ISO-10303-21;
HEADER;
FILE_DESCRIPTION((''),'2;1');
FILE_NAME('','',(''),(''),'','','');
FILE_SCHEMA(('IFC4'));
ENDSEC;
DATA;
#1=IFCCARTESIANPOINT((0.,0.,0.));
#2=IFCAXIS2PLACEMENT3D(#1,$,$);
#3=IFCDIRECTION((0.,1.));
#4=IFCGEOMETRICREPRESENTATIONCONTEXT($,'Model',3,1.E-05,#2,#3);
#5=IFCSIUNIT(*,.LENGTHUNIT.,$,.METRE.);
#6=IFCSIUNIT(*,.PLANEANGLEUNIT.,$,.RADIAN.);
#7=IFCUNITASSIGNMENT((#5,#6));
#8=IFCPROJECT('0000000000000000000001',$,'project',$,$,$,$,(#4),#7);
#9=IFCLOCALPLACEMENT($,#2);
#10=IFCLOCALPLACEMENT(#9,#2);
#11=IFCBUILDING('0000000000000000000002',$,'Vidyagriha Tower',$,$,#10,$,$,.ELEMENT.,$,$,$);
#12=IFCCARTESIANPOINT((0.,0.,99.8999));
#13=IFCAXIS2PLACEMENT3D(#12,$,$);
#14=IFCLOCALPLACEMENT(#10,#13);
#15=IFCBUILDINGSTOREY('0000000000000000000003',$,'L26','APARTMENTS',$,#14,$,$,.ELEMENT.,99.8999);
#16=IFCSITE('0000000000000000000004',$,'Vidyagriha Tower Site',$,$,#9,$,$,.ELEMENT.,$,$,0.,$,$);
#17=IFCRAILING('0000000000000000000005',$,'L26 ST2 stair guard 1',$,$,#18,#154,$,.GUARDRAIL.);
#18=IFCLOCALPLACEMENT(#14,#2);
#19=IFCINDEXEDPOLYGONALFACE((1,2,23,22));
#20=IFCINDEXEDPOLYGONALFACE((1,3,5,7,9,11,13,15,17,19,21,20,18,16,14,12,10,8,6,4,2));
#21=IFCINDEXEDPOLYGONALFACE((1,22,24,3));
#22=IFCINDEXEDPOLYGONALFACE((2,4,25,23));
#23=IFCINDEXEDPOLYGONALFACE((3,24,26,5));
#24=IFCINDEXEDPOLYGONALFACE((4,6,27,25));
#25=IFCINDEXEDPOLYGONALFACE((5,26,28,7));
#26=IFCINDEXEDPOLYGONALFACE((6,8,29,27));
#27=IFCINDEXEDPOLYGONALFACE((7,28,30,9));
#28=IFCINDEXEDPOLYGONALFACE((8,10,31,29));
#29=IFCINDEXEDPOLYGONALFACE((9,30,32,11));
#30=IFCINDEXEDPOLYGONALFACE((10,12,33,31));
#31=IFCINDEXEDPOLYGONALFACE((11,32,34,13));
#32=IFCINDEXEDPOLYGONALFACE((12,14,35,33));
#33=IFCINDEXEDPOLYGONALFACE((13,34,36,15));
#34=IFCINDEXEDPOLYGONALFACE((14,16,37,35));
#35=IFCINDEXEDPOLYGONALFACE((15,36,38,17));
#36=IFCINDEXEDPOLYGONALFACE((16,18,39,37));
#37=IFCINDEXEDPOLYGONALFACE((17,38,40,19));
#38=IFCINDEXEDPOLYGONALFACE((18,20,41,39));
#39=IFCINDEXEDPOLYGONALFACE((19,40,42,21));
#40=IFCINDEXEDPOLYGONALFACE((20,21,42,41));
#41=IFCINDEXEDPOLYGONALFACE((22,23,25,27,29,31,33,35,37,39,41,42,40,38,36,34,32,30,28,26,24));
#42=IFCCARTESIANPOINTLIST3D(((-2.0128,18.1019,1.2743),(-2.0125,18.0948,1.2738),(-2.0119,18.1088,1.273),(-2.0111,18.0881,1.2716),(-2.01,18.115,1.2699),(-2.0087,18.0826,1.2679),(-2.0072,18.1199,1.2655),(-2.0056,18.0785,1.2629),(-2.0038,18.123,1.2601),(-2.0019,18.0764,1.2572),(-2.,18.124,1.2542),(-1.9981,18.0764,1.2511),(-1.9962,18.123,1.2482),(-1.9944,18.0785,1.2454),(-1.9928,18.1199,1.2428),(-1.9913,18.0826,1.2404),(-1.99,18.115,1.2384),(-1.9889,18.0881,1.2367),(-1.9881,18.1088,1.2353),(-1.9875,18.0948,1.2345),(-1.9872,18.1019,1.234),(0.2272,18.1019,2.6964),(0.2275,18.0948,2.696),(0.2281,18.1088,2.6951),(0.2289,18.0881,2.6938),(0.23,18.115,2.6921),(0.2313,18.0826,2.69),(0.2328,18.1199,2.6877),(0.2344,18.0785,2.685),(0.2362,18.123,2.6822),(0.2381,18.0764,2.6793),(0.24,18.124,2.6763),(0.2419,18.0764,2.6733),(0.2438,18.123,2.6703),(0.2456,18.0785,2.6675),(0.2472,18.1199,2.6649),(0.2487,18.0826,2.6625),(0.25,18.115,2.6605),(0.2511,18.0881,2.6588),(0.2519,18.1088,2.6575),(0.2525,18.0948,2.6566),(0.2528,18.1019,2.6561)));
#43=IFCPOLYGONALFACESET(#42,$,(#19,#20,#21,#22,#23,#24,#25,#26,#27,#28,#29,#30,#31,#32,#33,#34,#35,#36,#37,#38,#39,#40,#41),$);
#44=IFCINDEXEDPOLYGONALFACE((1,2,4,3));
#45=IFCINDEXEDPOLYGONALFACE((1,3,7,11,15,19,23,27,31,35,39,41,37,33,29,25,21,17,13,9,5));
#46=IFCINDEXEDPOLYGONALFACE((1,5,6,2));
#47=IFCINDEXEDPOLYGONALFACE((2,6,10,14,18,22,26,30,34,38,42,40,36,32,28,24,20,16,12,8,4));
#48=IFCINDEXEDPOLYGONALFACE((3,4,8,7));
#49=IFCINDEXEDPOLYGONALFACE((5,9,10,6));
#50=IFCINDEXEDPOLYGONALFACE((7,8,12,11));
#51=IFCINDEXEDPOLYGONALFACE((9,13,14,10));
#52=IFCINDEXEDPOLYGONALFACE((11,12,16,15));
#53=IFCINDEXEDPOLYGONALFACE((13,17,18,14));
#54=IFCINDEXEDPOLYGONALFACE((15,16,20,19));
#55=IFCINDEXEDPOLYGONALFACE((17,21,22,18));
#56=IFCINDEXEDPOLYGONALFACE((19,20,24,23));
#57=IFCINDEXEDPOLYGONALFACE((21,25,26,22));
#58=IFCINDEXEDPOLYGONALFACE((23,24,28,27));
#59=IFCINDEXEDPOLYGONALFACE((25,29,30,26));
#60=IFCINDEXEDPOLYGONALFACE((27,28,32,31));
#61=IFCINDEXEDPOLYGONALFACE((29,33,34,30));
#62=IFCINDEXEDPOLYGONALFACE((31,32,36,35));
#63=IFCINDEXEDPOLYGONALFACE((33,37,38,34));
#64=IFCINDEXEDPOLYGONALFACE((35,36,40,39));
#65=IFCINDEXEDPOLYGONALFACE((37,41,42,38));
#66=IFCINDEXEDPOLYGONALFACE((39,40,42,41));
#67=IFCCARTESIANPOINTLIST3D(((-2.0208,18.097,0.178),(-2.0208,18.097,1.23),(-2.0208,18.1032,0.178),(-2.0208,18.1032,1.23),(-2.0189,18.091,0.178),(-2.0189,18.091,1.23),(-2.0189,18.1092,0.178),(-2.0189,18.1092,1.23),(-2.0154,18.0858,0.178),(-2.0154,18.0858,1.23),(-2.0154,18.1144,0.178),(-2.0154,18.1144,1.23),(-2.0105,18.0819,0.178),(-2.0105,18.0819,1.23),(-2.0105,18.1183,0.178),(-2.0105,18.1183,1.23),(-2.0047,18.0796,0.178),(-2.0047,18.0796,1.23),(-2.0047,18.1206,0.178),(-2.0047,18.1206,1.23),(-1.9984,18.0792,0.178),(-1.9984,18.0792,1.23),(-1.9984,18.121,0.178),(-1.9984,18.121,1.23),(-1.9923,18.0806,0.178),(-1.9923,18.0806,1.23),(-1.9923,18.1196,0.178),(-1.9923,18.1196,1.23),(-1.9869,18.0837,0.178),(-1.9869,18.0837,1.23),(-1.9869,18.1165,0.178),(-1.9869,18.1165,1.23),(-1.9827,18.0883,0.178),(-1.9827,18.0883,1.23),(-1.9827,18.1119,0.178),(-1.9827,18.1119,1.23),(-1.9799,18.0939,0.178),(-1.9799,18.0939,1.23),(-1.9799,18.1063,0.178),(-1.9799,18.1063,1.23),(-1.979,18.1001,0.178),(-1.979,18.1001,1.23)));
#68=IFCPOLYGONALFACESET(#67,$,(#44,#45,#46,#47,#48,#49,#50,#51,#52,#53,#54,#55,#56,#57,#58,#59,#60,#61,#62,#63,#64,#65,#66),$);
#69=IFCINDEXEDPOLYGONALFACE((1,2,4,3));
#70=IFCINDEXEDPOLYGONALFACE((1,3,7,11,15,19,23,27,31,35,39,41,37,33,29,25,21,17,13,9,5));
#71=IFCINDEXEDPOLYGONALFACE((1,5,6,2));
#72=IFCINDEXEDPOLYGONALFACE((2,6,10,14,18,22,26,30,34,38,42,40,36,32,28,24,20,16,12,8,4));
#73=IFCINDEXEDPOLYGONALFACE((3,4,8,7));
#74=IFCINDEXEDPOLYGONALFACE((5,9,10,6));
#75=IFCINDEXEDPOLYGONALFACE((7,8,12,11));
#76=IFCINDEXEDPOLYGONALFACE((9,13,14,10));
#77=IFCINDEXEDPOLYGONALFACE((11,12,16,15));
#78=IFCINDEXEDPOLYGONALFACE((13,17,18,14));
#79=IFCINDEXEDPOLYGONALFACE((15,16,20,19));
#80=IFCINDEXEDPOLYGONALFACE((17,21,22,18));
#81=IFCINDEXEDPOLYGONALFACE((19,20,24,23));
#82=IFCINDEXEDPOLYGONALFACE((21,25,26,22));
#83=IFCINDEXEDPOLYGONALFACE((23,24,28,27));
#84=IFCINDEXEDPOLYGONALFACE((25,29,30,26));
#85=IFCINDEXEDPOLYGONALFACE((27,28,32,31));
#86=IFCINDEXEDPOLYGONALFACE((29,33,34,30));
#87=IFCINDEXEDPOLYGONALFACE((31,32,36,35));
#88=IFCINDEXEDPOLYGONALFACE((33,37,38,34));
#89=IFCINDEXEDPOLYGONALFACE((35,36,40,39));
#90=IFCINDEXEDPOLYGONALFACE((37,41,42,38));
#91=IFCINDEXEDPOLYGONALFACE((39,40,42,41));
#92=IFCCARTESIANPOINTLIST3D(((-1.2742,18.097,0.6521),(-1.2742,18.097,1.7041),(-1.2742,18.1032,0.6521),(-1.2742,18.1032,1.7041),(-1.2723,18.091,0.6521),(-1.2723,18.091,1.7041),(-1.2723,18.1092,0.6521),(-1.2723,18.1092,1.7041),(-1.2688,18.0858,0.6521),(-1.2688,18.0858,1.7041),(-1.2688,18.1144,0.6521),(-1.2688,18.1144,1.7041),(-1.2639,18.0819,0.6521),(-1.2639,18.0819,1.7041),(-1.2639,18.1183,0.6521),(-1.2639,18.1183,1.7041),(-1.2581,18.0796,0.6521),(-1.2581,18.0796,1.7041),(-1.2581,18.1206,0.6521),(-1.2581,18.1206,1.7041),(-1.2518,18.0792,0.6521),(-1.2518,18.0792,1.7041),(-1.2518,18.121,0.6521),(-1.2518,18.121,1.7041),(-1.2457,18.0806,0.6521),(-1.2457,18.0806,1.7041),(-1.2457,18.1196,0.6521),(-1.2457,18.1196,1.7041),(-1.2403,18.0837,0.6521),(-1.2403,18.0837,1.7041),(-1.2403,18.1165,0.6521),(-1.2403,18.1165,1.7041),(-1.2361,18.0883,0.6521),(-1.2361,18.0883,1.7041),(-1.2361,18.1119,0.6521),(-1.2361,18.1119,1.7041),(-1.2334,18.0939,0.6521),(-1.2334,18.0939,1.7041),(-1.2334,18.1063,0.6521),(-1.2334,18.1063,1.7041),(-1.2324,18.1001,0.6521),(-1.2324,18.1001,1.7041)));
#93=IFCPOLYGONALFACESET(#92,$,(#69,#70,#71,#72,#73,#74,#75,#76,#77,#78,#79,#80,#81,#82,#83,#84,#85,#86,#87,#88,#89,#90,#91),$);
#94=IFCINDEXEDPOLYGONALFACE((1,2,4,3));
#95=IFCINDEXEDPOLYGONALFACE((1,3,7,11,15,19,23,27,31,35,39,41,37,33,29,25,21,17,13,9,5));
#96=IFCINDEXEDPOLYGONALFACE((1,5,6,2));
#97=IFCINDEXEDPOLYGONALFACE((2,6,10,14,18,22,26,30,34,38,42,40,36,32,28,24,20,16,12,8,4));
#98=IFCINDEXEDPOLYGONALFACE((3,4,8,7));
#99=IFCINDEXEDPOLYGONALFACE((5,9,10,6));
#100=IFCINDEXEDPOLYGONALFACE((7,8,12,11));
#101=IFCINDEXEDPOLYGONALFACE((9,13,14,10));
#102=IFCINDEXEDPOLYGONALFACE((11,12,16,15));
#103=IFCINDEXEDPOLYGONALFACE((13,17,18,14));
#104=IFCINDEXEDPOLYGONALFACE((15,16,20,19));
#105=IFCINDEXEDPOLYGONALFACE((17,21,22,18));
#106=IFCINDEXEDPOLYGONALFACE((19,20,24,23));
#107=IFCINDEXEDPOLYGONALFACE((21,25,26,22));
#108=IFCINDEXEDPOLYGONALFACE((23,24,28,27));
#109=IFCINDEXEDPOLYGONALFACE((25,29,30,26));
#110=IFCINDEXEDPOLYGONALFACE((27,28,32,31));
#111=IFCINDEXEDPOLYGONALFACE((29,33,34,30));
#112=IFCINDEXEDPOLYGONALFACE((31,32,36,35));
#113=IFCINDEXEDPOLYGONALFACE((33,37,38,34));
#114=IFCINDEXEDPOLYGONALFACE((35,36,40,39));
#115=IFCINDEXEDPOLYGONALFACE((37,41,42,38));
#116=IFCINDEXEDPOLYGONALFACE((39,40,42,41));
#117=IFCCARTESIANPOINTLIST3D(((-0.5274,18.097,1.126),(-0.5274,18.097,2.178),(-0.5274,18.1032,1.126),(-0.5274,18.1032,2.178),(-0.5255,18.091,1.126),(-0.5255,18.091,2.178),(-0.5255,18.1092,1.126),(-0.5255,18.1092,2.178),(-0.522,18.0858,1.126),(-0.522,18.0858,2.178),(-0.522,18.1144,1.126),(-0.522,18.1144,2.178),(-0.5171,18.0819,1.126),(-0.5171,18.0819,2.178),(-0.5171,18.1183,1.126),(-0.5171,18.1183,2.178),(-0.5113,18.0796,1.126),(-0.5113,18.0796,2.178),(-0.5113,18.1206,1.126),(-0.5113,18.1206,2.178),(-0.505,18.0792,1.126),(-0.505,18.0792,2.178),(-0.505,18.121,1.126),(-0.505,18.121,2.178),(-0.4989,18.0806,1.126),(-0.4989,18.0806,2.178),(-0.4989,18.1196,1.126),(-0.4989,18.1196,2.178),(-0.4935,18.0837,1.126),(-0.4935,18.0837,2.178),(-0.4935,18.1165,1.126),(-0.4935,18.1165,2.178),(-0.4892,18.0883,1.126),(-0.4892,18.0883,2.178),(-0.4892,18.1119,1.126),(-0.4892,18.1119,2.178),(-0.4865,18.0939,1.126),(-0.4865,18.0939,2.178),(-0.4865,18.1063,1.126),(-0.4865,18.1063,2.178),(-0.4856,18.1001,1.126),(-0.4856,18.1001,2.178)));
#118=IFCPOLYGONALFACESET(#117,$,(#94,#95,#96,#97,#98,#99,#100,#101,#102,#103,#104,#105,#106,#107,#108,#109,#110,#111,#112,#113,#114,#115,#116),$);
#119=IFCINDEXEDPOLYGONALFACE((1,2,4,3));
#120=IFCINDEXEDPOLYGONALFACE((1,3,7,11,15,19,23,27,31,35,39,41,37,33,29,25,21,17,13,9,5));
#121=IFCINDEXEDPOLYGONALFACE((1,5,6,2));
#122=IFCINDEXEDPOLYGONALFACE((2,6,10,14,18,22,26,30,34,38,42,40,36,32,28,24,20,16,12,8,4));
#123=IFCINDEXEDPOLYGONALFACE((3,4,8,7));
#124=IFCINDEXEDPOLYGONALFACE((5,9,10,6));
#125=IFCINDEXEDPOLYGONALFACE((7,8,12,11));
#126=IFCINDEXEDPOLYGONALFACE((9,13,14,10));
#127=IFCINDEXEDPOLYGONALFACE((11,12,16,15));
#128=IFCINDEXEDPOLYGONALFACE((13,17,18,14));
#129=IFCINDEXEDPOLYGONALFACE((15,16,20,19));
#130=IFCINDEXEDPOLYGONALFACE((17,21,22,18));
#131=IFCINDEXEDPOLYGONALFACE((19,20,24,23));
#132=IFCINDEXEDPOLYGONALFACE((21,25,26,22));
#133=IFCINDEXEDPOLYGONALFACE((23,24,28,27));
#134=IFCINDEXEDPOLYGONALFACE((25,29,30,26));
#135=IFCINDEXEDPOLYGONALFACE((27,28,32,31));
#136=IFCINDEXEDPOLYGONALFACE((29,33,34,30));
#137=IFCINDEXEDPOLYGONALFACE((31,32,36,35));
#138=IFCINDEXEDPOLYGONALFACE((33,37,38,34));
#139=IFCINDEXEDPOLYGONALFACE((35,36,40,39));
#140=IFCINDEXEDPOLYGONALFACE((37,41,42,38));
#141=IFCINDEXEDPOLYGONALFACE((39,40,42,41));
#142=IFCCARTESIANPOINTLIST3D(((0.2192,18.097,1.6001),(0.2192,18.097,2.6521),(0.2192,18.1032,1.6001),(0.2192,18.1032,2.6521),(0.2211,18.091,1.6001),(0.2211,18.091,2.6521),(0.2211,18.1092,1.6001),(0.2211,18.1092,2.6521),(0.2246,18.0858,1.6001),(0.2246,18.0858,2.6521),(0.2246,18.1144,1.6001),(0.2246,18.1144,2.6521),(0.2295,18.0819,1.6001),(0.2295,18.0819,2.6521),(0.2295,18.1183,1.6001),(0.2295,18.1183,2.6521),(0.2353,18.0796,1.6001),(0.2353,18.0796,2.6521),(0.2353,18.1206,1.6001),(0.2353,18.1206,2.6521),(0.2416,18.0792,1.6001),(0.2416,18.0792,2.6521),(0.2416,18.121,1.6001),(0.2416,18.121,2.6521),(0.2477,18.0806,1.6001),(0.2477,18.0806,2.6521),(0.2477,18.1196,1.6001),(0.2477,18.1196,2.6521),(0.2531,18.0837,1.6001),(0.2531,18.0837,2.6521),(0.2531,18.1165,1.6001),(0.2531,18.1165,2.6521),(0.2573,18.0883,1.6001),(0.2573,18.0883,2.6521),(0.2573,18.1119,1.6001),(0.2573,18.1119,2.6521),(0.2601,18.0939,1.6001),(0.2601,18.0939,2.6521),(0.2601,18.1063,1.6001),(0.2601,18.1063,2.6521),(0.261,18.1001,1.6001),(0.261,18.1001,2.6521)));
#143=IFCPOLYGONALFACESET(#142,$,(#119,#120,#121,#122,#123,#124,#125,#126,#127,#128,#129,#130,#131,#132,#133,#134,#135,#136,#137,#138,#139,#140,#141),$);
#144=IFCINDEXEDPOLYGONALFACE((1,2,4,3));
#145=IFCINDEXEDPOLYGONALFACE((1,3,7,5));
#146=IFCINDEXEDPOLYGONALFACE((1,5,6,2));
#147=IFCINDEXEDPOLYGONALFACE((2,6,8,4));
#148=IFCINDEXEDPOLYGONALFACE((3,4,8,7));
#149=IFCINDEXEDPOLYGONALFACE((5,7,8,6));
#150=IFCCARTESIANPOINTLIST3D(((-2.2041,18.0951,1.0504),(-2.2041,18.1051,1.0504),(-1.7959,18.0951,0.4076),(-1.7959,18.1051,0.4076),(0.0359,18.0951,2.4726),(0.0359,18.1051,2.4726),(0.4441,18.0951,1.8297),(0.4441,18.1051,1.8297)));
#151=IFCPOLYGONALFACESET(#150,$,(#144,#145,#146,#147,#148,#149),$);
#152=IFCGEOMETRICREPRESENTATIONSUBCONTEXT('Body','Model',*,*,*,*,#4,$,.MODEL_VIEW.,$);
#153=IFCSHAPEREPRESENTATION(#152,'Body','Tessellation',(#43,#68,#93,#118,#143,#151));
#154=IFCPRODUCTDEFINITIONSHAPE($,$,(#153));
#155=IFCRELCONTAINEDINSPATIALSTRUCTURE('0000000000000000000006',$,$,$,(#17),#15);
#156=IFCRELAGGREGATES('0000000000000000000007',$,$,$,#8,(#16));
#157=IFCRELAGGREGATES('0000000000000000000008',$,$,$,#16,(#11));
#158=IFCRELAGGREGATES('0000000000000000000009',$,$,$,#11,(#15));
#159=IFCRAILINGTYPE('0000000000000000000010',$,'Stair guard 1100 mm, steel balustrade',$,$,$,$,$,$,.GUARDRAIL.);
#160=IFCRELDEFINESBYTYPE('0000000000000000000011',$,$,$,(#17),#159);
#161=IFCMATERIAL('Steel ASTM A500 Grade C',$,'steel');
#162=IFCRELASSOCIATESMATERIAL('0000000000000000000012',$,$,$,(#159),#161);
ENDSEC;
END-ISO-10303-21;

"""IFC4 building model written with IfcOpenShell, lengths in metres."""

from ifc_helpers import new_model, si_unit, direction, frame, origin, origin_2d, place, context, subcontext, project, spatial, rectangle, circle, extrude, material, type_object, element, save


model = new_model("IFC4")

# Units and contexts
model_context = context("Model", 3, precision=1e-05, world=origin(), true_north=direction((0.0, 1.0)))
body_context = subcontext(model_context, "Body", "Model", "MODEL_VIEW")
ifc_project = project(units=[si_unit("LENGTHUNIT", "METRE"), si_unit("PLANEANGLEUNIT", "RADIAN")], contexts=[model_context])

# Site, building, storey
site_placement = place(None, origin())
site = spatial("IfcSite", under=ifc_project, at=site_placement, Name="Vidyagriha Tower Site", CompositionType="ELEMENT", RefElevation=0.0)
building_placement = place(site_placement, origin())
building = spatial("IfcBuilding", under=site, at=building_placement, Name="Vidyagriha Tower", CompositionType="ELEMENT")
storey_placement = place(building_placement, frame((0.0, 0.0, 99.8999)))
storey = spatial("IfcBuildingStorey", under=building, at=storey_placement, Name="L26", Description="APARTMENTS", CompositionType="ELEMENT", Elevation=99.8999)

# Railing
ifc_material_1 = material(Name="Steel ASTM A500 Grade C", Category="steel")
railing_type_1 = type_object("IfcRailingType", Name="Stair guard 1100 mm, steel balustrade", PredefinedType="GUARDRAIL", material=ifc_material_1)
railing_1_placement = place(storey_placement, frame((-2.0, 18.1001, 0.178)))
element("IfcRailing", 1, at=railing_1_placement, inside=storey, type_object=railing_type_1, Name="L26 ST2 stair guard 1", PredefinedType="GUARDRAIL", context=body_context, shape_type="SweptSolid", body=[
    extrude(circle(Radius=0.0239, at=origin_2d()), frame((0.0, 0.0, 1.0762), z_axis=(0.844229, 0.0, 0.535982), x_axis=(0.0, 1.0, 0.0)), (0.0, 0.0, 1.0), 2.6533),
    extrude(circle(Radius=0.021, at=origin_2d()), origin(), (0.0, 0.0, 1.0), 1.052),
    extrude(circle(Radius=0.021, at=origin_2d()), frame((0.7466, 0.0, 0.4741)), (0.0, 0.0, 1.0), 1.052),
    extrude(circle(Radius=0.021, at=origin_2d()), frame((1.4934, 0.0, 0.948)), (0.0, 0.0, 1.0), 1.052),
    extrude(circle(Radius=0.021, at=origin_2d()), frame((2.24, 0.0, 1.4221)), (0.0, 0.0, 1.0), 1.052),
    extrude(rectangle(XDim=0.01, YDim=0.7615, at=origin_2d()), frame((0.0, 0.0, 0.551), z_axis=(0.844229, 0.0, 0.535982), x_axis=(0.0, 1.0, 0.0)), (0.0, 0.0, 1.0), 2.6533),
])

save(model, "model.ifc")
